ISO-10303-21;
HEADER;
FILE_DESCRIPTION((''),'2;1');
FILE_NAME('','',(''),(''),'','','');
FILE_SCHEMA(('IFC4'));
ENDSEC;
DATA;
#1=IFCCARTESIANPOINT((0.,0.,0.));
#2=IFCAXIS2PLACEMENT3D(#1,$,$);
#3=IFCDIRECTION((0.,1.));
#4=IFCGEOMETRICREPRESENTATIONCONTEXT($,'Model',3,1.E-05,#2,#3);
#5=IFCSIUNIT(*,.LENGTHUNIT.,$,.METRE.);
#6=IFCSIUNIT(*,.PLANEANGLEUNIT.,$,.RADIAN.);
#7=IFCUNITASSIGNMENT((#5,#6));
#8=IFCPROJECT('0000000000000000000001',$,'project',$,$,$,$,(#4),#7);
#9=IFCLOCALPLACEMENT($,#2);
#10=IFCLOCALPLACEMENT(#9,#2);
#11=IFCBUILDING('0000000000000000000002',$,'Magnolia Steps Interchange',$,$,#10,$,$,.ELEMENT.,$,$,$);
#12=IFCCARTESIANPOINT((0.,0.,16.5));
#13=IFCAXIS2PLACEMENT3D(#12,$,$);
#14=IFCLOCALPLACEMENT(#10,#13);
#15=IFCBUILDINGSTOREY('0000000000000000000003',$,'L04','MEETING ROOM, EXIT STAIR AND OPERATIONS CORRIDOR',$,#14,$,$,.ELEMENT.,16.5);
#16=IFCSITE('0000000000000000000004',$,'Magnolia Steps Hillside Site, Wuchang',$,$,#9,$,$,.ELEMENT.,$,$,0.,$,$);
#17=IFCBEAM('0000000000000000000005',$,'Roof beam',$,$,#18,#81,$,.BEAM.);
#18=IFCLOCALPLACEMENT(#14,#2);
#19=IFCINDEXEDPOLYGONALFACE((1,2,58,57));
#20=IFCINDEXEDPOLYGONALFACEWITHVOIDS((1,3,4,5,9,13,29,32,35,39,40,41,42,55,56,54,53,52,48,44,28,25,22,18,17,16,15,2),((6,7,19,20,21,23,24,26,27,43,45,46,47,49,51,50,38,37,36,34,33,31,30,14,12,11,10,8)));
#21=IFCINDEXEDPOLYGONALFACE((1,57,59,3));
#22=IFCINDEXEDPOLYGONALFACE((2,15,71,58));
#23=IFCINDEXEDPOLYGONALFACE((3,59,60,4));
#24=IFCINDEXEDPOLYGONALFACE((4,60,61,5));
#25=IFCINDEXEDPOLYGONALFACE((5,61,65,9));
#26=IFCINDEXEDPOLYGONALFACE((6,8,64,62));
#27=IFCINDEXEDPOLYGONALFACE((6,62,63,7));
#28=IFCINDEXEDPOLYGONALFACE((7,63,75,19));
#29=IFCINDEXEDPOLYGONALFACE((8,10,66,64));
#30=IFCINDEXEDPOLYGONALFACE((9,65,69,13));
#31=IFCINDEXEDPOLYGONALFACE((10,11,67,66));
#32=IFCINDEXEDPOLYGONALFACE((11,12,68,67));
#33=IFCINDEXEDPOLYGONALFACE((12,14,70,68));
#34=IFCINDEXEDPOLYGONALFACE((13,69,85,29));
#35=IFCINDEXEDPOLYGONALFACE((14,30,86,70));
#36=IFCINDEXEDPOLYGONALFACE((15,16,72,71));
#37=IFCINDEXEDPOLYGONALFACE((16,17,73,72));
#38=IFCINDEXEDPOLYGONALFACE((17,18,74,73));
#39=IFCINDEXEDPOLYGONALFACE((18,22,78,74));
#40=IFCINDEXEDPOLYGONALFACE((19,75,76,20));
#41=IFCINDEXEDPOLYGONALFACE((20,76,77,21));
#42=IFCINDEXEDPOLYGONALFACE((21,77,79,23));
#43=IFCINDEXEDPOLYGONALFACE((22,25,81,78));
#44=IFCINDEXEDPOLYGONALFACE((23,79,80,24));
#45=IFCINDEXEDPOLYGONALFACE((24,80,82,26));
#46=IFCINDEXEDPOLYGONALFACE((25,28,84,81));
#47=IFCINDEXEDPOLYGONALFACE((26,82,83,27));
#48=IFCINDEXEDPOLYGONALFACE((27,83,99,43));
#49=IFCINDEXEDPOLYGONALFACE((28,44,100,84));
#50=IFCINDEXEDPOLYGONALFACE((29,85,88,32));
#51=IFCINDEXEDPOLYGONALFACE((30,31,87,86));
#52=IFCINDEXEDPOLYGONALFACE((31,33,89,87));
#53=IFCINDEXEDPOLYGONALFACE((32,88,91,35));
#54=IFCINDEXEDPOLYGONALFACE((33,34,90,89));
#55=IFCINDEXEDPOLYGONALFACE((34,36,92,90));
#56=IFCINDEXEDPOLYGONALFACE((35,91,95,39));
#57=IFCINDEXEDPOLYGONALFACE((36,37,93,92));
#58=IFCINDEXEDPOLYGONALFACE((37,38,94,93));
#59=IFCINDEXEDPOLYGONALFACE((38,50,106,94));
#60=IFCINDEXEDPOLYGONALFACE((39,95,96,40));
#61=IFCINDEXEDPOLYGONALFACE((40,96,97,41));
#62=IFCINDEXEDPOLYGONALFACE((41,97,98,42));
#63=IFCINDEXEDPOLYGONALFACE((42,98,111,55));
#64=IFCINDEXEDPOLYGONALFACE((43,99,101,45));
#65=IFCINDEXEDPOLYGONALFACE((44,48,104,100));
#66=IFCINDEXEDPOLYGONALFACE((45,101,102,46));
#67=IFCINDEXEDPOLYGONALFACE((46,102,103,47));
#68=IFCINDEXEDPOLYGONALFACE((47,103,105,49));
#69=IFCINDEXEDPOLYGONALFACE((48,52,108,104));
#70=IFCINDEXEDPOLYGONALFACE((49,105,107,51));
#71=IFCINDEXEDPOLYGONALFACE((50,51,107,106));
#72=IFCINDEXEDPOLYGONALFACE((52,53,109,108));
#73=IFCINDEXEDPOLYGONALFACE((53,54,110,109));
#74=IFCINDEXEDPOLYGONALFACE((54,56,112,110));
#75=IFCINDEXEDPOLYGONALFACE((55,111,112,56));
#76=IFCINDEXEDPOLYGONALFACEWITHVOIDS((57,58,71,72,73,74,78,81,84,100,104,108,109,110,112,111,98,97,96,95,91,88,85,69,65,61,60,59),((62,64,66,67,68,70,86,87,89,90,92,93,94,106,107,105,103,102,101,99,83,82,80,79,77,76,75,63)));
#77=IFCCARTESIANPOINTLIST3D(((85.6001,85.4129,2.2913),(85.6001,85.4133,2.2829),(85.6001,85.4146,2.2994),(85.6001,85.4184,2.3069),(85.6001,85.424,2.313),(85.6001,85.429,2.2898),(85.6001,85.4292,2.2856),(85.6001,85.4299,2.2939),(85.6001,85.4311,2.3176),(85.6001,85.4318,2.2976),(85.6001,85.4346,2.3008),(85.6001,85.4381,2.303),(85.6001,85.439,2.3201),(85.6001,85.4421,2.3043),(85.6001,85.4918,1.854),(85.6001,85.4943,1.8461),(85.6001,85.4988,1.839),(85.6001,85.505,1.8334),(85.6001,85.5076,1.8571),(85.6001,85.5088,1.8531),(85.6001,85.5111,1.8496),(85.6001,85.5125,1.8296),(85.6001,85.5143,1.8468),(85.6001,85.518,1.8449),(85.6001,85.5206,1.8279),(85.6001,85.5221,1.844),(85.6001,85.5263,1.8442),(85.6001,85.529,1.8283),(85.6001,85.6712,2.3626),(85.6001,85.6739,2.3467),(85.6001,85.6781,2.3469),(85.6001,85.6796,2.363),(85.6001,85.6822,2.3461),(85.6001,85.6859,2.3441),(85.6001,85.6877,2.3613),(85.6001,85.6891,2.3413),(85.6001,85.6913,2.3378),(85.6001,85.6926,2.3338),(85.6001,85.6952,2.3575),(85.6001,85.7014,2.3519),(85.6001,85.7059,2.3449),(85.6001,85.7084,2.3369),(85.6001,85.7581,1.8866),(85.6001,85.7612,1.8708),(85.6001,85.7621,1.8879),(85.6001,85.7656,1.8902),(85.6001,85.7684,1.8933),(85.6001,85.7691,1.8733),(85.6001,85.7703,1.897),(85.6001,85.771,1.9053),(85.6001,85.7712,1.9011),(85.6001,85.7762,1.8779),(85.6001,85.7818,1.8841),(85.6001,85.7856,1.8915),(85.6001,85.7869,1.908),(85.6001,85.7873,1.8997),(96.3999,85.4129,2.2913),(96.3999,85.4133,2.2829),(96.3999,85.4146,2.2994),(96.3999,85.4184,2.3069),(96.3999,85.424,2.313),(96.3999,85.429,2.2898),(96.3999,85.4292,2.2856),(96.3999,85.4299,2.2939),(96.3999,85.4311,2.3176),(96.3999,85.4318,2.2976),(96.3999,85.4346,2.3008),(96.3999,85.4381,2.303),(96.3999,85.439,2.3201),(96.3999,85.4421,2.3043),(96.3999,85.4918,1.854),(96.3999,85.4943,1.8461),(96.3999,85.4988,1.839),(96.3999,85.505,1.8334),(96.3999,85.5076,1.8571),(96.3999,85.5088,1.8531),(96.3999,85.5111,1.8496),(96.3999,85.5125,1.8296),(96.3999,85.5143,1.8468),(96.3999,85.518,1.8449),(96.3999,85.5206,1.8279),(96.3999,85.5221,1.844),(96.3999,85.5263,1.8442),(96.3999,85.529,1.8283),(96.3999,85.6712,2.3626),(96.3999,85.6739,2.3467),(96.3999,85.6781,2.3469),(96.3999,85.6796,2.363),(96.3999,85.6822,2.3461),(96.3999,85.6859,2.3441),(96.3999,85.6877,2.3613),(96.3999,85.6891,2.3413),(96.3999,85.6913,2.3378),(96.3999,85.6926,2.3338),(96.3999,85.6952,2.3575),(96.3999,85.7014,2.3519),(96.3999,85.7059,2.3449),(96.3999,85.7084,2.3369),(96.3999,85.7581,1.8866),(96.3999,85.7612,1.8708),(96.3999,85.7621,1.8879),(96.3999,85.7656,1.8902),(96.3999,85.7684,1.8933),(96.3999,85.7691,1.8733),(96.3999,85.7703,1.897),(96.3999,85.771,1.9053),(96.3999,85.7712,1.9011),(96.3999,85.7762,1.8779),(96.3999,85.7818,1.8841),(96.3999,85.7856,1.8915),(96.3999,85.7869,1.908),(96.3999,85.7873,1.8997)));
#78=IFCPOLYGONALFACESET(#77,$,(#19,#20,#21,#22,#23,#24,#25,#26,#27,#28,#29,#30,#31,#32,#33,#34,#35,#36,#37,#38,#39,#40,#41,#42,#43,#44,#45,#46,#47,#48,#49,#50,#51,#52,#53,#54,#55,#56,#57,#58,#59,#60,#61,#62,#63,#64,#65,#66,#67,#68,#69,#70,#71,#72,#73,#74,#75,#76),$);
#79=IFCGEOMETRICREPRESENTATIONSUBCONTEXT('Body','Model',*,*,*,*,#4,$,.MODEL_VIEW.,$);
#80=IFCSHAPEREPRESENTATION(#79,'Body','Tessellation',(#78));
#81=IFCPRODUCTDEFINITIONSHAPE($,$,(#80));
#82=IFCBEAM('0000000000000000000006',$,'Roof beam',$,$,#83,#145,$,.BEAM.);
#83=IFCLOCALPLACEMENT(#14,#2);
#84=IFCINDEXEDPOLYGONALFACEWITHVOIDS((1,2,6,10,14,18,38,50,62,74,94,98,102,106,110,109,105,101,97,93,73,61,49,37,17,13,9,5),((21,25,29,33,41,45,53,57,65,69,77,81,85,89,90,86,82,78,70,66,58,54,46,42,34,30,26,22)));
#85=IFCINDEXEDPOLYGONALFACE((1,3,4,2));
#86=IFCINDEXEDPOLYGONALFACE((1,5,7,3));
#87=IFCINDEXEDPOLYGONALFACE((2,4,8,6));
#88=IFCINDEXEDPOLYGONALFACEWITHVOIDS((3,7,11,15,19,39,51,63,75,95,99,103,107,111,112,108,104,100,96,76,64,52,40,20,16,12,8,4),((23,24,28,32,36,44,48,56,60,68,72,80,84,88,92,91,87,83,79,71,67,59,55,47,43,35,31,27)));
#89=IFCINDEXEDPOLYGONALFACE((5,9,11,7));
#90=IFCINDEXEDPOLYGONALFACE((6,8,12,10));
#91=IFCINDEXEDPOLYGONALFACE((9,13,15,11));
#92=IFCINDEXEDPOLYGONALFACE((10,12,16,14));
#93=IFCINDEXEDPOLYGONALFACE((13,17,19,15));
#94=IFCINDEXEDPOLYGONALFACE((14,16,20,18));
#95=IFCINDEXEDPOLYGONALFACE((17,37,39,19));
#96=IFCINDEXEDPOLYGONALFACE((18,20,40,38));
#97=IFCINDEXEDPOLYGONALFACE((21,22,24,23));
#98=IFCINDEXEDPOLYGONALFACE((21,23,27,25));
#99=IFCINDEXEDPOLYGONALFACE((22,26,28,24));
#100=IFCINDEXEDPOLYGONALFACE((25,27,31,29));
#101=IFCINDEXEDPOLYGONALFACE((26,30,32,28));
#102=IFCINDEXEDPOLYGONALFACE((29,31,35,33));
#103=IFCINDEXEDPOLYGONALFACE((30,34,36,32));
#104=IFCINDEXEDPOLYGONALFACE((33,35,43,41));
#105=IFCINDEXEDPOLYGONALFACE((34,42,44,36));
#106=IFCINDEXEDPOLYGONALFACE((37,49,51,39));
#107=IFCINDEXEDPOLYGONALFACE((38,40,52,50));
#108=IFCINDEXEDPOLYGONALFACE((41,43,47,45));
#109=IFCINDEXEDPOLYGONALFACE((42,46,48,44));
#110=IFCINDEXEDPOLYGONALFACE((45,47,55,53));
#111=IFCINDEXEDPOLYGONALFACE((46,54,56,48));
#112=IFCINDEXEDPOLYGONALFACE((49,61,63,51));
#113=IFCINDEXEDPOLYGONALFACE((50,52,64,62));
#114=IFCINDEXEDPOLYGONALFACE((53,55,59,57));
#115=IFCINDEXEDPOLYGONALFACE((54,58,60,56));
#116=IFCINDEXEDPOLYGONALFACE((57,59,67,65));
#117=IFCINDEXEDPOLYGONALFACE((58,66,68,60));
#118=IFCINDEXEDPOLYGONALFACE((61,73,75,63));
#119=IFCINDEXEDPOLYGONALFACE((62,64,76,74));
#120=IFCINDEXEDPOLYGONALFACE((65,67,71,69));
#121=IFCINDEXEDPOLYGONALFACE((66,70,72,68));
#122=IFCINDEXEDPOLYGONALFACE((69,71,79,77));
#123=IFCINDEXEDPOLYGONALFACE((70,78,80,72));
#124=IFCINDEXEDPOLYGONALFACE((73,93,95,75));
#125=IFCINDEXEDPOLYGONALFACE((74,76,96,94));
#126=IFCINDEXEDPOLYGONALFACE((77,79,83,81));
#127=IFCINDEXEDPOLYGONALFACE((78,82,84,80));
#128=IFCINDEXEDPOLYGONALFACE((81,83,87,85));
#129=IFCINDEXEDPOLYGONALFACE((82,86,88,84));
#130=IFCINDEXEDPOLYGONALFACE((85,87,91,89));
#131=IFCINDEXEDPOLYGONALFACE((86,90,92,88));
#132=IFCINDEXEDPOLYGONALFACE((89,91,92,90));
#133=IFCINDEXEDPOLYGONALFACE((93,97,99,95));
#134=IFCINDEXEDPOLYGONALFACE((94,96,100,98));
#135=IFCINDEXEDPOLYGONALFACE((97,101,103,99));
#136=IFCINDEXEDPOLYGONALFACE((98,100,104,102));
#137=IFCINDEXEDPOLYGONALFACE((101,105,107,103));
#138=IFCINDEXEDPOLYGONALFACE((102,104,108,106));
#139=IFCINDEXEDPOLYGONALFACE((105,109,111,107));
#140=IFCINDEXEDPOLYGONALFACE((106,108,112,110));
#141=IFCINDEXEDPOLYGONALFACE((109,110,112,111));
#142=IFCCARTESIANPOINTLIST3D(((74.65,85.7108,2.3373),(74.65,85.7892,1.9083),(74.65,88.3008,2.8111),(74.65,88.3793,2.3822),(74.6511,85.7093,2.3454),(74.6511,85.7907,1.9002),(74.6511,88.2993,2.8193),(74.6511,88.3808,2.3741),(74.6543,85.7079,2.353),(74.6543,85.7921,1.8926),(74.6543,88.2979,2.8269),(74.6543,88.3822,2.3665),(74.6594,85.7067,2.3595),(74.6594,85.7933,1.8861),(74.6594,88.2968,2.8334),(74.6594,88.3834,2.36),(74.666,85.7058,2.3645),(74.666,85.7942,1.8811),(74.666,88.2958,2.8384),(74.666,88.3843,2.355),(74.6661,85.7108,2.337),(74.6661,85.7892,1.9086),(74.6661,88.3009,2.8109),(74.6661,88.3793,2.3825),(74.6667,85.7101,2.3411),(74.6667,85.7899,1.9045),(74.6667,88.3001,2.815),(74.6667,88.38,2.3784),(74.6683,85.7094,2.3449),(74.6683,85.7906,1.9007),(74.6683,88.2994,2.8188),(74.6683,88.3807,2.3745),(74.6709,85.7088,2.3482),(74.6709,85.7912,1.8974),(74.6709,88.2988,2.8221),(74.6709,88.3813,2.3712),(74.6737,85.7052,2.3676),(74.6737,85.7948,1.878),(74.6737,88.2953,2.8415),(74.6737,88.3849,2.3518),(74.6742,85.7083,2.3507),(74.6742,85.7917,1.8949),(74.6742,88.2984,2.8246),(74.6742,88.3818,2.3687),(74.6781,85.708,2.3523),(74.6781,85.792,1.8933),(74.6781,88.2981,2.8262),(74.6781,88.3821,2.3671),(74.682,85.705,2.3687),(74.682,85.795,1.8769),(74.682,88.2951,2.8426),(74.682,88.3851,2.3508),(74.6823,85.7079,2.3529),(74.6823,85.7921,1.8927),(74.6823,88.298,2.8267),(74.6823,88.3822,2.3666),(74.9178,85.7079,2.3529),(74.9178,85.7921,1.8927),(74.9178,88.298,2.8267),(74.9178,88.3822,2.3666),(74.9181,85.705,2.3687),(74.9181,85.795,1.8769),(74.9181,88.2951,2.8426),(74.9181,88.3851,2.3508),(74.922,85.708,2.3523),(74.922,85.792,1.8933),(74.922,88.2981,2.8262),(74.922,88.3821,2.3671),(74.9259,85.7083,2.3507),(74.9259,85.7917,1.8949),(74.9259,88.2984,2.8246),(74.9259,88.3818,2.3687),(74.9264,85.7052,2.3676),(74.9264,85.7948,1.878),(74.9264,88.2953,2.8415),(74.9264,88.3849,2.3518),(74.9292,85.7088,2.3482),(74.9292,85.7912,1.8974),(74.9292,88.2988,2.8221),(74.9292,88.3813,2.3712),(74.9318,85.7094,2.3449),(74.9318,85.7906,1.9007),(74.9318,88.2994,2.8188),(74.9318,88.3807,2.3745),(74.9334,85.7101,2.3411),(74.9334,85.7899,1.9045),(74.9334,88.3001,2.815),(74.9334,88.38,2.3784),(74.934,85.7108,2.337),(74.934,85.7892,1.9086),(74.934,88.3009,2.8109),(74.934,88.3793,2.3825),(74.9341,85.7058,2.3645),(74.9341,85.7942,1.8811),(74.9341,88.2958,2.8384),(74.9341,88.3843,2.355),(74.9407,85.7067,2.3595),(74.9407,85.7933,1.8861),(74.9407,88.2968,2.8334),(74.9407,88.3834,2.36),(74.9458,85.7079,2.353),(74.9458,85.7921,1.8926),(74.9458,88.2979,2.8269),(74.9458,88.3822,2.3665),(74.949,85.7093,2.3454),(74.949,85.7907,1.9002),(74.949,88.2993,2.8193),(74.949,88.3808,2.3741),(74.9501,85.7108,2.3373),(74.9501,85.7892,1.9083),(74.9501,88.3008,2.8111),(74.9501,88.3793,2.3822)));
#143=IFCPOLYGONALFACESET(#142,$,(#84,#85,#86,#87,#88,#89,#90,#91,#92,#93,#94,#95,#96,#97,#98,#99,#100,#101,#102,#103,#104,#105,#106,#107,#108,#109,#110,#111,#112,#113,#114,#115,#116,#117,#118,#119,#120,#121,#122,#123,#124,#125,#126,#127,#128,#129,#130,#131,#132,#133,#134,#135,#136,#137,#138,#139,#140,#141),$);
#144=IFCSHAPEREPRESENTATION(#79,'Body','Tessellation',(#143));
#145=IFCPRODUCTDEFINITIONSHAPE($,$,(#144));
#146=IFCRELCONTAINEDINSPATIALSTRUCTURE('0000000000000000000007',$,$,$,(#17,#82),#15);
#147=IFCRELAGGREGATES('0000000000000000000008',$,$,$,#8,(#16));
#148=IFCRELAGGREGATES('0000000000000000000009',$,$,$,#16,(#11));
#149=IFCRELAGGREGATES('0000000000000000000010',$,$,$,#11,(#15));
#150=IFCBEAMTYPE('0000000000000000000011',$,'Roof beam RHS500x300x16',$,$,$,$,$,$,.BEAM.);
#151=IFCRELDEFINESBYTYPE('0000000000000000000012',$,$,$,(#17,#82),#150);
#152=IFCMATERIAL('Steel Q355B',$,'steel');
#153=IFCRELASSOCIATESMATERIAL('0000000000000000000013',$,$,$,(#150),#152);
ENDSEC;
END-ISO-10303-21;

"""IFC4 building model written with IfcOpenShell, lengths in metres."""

from ifc_helpers import new_model, si_unit, direction, frame, origin, origin_2d, place, context, subcontext, project, spatial, hollow_rectangle, extrude, material, material_profile, profile_set, type_object, element, save


model = new_model("IFC4")

# Units and contexts
model_context = context("Model", 3, precision=1e-05, world=origin(), true_north=direction((0.0, 1.0)))
body_context = subcontext(model_context, "Body", "Model", "MODEL_VIEW")
ifc_project = project(units=[si_unit("LENGTHUNIT", "METRE"), si_unit("PLANEANGLEUNIT", "RADIAN")], contexts=[model_context])

# Site, building, storey
site_placement = place(None, origin())
site = spatial("IfcSite", under=ifc_project, at=site_placement, Name="Magnolia Steps Hillside Site, Wuchang", CompositionType="ELEMENT", RefElevation=0.0)
building_placement = place(site_placement, origin())
building = spatial("IfcBuilding", under=site, at=building_placement, Name="Magnolia Steps Interchange", CompositionType="ELEMENT")
storey_placement = place(building_placement, frame((0.0, 0.0, 16.5)))
storey = spatial("IfcBuildingStorey", under=building, at=storey_placement, Name="L04", Description="MEETING ROOM, EXIT STAIR AND OPERATIONS CORRIDOR", CompositionType="ELEMENT", Elevation=16.5)

# Beams
ifc_material_1 = material(Name="Steel Q355B", Category="steel")
ifc_material_profile_1 = material_profile(ifc_material_1, hollow_rectangle(XDim=0.3, YDim=0.5, WallThickness=0.0161, InnerFilletRadius=0.0161, OuterFilletRadius=0.032, at=origin_2d()), Name="RHS500x300x16")
ifc_profile_set_1 = profile_set([ifc_material_profile_1], Name="Steel Q355B")
beam_type_1 = type_object("IfcBeamType", Name="Roof beam RHS500x300x16", PredefinedType="BEAM", material=ifc_profile_set_1)
beam_1_placement = place(storey_placement, frame((85.6001, 85.6001, 2.0955), z_axis=(1.0, 0.0, 0.0), x_axis=(0.0, 0.983677, 0.179941)))
element("IfcBeam", 1, at=beam_1_placement, inside=storey, type_object=beam_type_1, Name="Roof beam", PredefinedType="BEAM", context=body_context, shape_type="SweptSolid", body=[
    extrude(hollow_rectangle(XDim=0.3, YDim=0.5, WallThickness=0.0161, InnerFilletRadius=0.0161, OuterFilletRadius=0.032, at=origin_2d()), origin(), (0.0, 0.0, 1.0), 10.7998),
])
for number, where, z_axis, x_axis, name in (
    (2, (74.8, 85.75, 2.1228), (0.0, 0.983672, 0.179971), (-1.0, 0.0, 0.0), "Roof beam"),
):
    element("IfcBeam", number, at=place(storey_placement, frame(where, z_axis=z_axis, x_axis=x_axis)), inside=storey, type_object=beam_type_1, Name=name, PredefinedType="BEAM", context=body_context, shape_type="SweptSolid", body=[
        extrude(hollow_rectangle(XDim=0.3, YDim=0.5, WallThickness=0.0161, InnerFilletRadius=0.0161, OuterFilletRadius=0.032, at=origin_2d()), origin(), (0.0, 0.0, 1.0), 2.6331),
    ])

save(model, "model.ifc")
